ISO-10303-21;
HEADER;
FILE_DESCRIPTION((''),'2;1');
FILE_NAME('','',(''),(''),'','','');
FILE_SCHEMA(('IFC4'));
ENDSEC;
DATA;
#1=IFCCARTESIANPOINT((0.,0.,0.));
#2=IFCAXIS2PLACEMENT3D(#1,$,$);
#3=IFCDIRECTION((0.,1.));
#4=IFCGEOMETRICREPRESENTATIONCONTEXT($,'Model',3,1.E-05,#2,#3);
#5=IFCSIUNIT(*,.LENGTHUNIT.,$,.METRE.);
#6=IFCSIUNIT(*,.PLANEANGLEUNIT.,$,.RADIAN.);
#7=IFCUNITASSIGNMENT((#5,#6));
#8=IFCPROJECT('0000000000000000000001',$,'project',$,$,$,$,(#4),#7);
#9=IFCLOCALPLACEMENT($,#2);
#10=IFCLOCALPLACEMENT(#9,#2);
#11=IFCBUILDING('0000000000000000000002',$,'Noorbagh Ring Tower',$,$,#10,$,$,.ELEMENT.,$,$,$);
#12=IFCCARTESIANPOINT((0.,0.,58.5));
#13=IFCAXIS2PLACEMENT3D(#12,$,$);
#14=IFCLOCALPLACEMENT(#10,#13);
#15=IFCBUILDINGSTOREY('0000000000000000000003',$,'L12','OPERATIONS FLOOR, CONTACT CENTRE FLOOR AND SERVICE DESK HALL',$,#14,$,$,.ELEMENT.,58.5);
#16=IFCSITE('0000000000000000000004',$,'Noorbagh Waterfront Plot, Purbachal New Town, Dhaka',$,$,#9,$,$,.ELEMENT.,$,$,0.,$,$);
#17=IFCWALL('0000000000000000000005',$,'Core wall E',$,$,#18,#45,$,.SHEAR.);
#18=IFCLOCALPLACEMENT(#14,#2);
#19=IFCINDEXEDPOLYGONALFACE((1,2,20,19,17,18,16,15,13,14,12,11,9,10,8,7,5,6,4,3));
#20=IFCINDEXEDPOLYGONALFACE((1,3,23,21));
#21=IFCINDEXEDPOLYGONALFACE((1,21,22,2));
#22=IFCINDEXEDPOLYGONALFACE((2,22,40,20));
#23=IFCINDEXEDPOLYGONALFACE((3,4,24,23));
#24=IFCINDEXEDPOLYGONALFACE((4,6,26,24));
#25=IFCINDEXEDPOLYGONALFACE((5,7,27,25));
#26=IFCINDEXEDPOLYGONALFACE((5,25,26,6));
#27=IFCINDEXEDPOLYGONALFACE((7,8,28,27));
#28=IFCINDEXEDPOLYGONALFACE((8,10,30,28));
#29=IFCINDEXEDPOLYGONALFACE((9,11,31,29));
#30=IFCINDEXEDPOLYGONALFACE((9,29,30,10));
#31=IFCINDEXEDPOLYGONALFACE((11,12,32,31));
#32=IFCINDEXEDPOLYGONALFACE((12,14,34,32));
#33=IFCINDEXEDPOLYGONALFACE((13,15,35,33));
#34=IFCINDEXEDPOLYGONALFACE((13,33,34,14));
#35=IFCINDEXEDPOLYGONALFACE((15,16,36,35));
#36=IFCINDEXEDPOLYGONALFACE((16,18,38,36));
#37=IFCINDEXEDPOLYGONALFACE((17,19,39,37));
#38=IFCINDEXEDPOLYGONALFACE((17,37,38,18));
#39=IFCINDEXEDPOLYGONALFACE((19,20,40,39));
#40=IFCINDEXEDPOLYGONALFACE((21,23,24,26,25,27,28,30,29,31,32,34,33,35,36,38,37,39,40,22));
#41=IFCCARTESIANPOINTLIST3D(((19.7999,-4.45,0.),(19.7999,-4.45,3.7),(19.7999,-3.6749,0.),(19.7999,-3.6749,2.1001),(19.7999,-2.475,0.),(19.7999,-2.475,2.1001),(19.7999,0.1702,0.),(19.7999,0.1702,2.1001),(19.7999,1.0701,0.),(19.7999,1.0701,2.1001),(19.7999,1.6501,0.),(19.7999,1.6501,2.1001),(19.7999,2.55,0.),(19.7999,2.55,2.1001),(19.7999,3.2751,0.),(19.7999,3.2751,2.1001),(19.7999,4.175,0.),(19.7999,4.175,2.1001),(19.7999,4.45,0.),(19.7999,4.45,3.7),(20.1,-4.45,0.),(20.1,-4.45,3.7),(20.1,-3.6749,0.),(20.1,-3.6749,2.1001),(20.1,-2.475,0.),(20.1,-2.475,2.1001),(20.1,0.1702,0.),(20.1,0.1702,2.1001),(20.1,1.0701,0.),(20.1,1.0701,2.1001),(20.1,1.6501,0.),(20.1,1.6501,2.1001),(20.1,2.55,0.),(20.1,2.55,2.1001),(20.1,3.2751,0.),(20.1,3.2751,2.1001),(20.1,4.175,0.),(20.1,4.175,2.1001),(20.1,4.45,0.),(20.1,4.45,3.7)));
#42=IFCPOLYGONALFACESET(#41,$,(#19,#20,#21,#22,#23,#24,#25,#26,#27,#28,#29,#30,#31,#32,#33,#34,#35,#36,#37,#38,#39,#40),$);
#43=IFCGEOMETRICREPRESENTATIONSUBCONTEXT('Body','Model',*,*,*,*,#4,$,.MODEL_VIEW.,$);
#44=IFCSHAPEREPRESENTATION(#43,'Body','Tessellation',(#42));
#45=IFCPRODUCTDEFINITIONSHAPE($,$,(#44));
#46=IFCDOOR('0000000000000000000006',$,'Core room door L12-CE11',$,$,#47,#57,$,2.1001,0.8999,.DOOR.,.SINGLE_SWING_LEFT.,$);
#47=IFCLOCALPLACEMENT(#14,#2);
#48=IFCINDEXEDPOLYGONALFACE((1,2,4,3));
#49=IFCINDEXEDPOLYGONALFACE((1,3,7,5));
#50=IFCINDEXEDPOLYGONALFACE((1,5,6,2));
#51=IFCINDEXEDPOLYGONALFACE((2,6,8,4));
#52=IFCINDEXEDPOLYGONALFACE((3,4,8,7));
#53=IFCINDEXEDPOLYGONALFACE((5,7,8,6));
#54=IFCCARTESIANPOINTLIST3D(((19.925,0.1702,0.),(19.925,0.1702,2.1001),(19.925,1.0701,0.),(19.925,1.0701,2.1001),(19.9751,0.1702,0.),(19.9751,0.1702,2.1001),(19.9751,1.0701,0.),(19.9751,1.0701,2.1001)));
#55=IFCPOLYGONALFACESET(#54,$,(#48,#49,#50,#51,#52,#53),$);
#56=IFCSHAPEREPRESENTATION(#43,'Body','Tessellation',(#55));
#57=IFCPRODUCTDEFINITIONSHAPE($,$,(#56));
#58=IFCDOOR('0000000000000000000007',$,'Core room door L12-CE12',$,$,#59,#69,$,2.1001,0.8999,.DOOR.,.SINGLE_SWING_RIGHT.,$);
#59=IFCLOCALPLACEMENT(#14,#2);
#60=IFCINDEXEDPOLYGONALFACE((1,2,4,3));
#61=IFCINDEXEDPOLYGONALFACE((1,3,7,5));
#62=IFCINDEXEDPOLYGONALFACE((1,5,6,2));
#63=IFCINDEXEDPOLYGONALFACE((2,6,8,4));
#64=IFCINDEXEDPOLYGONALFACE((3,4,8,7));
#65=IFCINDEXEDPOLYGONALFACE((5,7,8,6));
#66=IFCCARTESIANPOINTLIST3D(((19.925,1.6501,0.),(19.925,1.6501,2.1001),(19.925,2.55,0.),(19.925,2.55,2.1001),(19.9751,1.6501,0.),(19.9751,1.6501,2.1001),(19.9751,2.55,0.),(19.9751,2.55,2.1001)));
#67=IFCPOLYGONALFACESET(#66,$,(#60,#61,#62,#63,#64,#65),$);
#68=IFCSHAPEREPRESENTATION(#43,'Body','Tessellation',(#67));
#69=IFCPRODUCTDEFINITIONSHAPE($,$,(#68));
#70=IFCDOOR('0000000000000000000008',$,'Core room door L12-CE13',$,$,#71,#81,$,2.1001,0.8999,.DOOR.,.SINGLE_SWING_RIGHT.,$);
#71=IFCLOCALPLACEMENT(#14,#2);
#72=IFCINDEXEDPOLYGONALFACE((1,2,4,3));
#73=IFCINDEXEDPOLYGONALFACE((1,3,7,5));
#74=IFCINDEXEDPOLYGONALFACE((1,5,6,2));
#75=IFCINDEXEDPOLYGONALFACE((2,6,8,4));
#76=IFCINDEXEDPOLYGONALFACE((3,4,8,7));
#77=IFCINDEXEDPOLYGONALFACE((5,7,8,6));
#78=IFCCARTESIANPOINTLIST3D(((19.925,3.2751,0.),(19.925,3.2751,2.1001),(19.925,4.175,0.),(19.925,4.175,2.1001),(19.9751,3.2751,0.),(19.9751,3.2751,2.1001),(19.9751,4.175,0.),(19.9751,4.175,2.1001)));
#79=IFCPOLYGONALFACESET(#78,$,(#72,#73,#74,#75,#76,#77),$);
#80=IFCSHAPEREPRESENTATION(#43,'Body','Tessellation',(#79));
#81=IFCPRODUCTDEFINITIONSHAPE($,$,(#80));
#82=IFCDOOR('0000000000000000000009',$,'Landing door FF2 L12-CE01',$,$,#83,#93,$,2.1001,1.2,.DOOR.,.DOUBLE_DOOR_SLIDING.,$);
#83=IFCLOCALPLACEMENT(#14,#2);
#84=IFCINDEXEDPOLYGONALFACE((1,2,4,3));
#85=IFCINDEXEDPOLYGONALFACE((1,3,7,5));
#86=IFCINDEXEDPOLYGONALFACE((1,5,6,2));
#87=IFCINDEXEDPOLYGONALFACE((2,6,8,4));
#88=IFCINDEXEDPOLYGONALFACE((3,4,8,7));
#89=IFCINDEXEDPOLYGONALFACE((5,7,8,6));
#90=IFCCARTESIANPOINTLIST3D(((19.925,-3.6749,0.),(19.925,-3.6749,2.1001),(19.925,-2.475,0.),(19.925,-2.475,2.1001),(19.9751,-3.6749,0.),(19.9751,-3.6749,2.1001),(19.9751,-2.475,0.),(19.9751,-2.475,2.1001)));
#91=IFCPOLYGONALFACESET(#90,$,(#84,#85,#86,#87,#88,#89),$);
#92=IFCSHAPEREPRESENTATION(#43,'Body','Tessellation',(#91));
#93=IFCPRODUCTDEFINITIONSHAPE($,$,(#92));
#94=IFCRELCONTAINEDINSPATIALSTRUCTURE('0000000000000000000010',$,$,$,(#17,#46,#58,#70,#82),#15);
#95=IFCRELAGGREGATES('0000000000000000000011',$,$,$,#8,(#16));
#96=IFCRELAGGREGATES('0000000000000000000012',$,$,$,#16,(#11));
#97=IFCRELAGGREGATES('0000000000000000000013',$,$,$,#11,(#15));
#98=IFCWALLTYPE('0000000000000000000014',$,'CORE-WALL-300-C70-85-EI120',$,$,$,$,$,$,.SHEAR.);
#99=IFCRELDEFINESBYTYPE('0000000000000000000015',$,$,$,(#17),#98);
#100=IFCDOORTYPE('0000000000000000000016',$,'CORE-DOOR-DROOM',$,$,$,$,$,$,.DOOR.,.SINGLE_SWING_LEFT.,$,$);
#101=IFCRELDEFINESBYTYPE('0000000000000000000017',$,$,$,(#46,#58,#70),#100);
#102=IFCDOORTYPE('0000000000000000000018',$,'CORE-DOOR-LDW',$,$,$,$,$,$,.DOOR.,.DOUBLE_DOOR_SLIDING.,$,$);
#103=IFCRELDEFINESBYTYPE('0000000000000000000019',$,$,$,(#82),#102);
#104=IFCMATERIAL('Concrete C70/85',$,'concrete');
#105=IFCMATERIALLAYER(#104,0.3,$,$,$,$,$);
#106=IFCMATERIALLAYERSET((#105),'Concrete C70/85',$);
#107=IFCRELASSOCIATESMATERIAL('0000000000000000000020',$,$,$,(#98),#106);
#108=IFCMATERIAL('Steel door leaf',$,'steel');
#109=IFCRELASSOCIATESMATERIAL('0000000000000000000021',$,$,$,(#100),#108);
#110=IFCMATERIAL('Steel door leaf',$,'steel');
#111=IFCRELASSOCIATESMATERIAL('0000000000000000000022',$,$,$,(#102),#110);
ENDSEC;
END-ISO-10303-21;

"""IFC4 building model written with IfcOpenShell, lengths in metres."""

from ifc_helpers import new_model, si_unit, direction, frame, frame_2d, origin, place, context, subcontext, project, spatial, rectangle, extrude, material, layer, layer_set, type_object, element, fill, save


model = new_model("IFC4")

# Units and contexts
model_context = context("Model", 3, precision=1e-05, world=origin(), true_north=direction((0.0, 1.0)))
body_context = subcontext(model_context, "Body", "Model", "MODEL_VIEW")
ifc_project = project(units=[si_unit("LENGTHUNIT", "METRE"), si_unit("PLANEANGLEUNIT", "RADIAN")], contexts=[model_context])

# Site, building, storey
site_placement = place(None, origin())
site = spatial("IfcSite", under=ifc_project, at=site_placement, Name="Noorbagh Waterfront Plot, Purbachal New Town, Dhaka", CompositionType="ELEMENT", RefElevation=0.0)
building_placement = place(site_placement, origin())
building = spatial("IfcBuilding", under=site, at=building_placement, Name="Noorbagh Ring Tower", CompositionType="ELEMENT")
storey_placement = place(building_placement, frame((0.0, 0.0, 58.5)))
storey = spatial("IfcBuildingStorey", under=building, at=storey_placement, Name="L12", Description="OPERATIONS FLOOR, CONTACT CENTRE FLOOR AND SERVICE DESK HALL", CompositionType="ELEMENT", Elevation=58.5)

# Shared definitions
ifc_material_1 = material(Name="Concrete C70/85", Category="concrete")
ifc_layer_1 = layer(ifc_material_1, 0.3)
ifc_layer_set_1 = layer_set([ifc_layer_1], Name="Concrete C70/85")
wall_type_1 = type_object("IfcWallType", Name="CORE-WALL-300-C70-85-EI120", PredefinedType="SHEAR", material=ifc_layer_set_1)

# Wall, openings, doors
wall_1_placement = place(storey_placement, frame((19.95, -4.45, 0.0), z_axis=(0.0, 0.0, 1.0), x_axis=(0.0, 1.0, 0.0)))
wall_1 = element("IfcWall", 1, at=wall_1_placement, inside=storey, type_object=wall_type_1, Name="Core wall E", PredefinedType="SHEAR", context=body_context, shape_type="SweptSolid", body=[
    extrude(rectangle(XDim=8.8999, YDim=0.3, at=frame_2d((4.45, 0.0))), origin(), (0.0, 0.0, 1.0), 3.7),
])
opening_1_placement = place(wall_1_placement, frame((0.7749, 0.0, 0.0)))
opening_1 = element("IfcOpeningElement", 2, at=opening_1_placement, cuts=wall_1, PredefinedType="OPENING", context=body_context, shape_type="SweptSolid", body=[
    extrude(rectangle(XDim=1.2, YDim=2.1001, at=frame_2d((0.6001, 1.05))), frame((0.0, 0.1602, 0.0), z_axis=(0.0, -1.0, 0.0), x_axis=(1.0, 0.0, 0.0)), (0.0, 0.0, 1.0), 0.3201),
])
opening_2_placement = place(wall_1_placement, frame((4.6201, 0.0, 0.0)))
opening_2 = element("IfcOpeningElement", 3, at=opening_2_placement, cuts=wall_1, PredefinedType="OPENING", context=body_context, shape_type="SweptSolid", body=[
    extrude(rectangle(XDim=0.8999, YDim=2.1001, at=frame_2d((0.45, 1.05))), frame((0.0, 0.1602, 0.0), z_axis=(0.0, -1.0, 0.0), x_axis=(1.0, 0.0, 0.0)), (0.0, 0.0, 1.0), 0.3201),
])
opening_3_placement = place(wall_1_placement, frame((6.1001, 0.0, 0.0)))
opening_3 = element("IfcOpeningElement", 4, at=opening_3_placement, cuts=wall_1, PredefinedType="OPENING", context=body_context, shape_type="SweptSolid", body=[
    extrude(rectangle(XDim=0.8999, YDim=2.1001, at=frame_2d((0.45, 1.05))), frame((0.0, 0.1602, 0.0), z_axis=(0.0, -1.0, 0.0), x_axis=(1.0, 0.0, 0.0)), (0.0, 0.0, 1.0), 0.3201),
])
opening_4_placement = place(wall_1_placement, frame((7.7251, 0.0, 0.0)))
opening_4 = element("IfcOpeningElement", 5, at=opening_4_placement, cuts=wall_1, PredefinedType="OPENING", context=body_context, shape_type="SweptSolid", body=[
    extrude(rectangle(XDim=0.8999, YDim=2.1001, at=frame_2d((0.45, 1.05))), frame((0.0, 0.1602, 0.0), z_axis=(0.0, -1.0, 0.0), x_axis=(1.0, 0.0, 0.0)), (0.0, 0.0, 1.0), 0.3201),
])
ifc_material_2 = material(Name="Steel door leaf", Category="steel")
door_type_1 = type_object("IfcDoorType", Name="CORE-DOOR-DROOM", OperationType="SINGLE_SWING_LEFT", PredefinedType="DOOR", material=ifc_material_2)
door_1_placement = place(opening_2_placement, origin())
door_1 = element("IfcDoor", 6, at=door_1_placement, inside=storey, type_object=door_type_1, Name="Core room door L12-CE11", OperationType="SINGLE_SWING_LEFT", OverallHeight=2.1001, OverallWidth=0.8999, PredefinedType="DOOR", context=body_context, shape_type="SweptSolid", body=[
    extrude(rectangle(XDim=0.8999, YDim=2.1001, at=frame_2d((0.45, 1.05))), frame((0.0, 0.0249, 0.0), z_axis=(0.0, -1.0, 0.0), x_axis=(1.0, 0.0, 0.0)), (0.0, 0.0, 1.0), 0.05),
])
fill(opening_2, door_1)
door_2_placement = place(opening_3_placement, origin())
door_2 = element("IfcDoor", 7, at=door_2_placement, inside=storey, type_object=door_type_1, Name="Core room door L12-CE12", OperationType="SINGLE_SWING_RIGHT", OverallHeight=2.1001, OverallWidth=0.8999, PredefinedType="DOOR", context=body_context, shape_type="SweptSolid", body=[
    extrude(rectangle(XDim=0.8999, YDim=2.1001, at=frame_2d((0.45, 1.05))), frame((0.0, 0.0249, 0.0), z_axis=(0.0, -1.0, 0.0), x_axis=(1.0, 0.0, 0.0)), (0.0, 0.0, 1.0), 0.05),
])
fill(opening_3, door_2)
door_3_placement = place(opening_4_placement, origin())
door_3 = element("IfcDoor", 8, at=door_3_placement, inside=storey, type_object=door_type_1, Name="Core room door L12-CE13", OperationType="SINGLE_SWING_RIGHT", OverallHeight=2.1001, OverallWidth=0.8999, PredefinedType="DOOR", context=body_context, shape_type="SweptSolid", body=[
    extrude(rectangle(XDim=0.8999, YDim=2.1001, at=frame_2d((0.45, 1.05))), frame((0.0, 0.0249, 0.0), z_axis=(0.0, -1.0, 0.0), x_axis=(1.0, 0.0, 0.0)), (0.0, 0.0, 1.0), 0.05),
])
fill(opening_4, door_3)
ifc_material_3 = material(Name="Steel door leaf", Category="steel")
door_type_2 = type_object("IfcDoorType", Name="CORE-DOOR-LDW", OperationType="DOUBLE_DOOR_SLIDING", PredefinedType="DOOR", material=ifc_material_3)
door_4_placement = place(opening_1_placement, origin())
door_4 = element("IfcDoor", 9, at=door_4_placement, inside=storey, type_object=door_type_2, Name="Landing door FF2 L12-CE01", OperationType="DOUBLE_DOOR_SLIDING", OverallHeight=2.1001, OverallWidth=1.2, PredefinedType="DOOR", context=body_context, shape_type="SweptSolid", body=[
    extrude(rectangle(XDim=1.2, YDim=2.1001, at=frame_2d((0.6001, 1.05))), frame((0.0, 0.0249, 0.0), z_axis=(0.0, -1.0, 0.0), x_axis=(1.0, 0.0, 0.0)), (0.0, 0.0, 1.0), 0.05),
])
fill(opening_1, door_4)

save(model, "model.ifc")
